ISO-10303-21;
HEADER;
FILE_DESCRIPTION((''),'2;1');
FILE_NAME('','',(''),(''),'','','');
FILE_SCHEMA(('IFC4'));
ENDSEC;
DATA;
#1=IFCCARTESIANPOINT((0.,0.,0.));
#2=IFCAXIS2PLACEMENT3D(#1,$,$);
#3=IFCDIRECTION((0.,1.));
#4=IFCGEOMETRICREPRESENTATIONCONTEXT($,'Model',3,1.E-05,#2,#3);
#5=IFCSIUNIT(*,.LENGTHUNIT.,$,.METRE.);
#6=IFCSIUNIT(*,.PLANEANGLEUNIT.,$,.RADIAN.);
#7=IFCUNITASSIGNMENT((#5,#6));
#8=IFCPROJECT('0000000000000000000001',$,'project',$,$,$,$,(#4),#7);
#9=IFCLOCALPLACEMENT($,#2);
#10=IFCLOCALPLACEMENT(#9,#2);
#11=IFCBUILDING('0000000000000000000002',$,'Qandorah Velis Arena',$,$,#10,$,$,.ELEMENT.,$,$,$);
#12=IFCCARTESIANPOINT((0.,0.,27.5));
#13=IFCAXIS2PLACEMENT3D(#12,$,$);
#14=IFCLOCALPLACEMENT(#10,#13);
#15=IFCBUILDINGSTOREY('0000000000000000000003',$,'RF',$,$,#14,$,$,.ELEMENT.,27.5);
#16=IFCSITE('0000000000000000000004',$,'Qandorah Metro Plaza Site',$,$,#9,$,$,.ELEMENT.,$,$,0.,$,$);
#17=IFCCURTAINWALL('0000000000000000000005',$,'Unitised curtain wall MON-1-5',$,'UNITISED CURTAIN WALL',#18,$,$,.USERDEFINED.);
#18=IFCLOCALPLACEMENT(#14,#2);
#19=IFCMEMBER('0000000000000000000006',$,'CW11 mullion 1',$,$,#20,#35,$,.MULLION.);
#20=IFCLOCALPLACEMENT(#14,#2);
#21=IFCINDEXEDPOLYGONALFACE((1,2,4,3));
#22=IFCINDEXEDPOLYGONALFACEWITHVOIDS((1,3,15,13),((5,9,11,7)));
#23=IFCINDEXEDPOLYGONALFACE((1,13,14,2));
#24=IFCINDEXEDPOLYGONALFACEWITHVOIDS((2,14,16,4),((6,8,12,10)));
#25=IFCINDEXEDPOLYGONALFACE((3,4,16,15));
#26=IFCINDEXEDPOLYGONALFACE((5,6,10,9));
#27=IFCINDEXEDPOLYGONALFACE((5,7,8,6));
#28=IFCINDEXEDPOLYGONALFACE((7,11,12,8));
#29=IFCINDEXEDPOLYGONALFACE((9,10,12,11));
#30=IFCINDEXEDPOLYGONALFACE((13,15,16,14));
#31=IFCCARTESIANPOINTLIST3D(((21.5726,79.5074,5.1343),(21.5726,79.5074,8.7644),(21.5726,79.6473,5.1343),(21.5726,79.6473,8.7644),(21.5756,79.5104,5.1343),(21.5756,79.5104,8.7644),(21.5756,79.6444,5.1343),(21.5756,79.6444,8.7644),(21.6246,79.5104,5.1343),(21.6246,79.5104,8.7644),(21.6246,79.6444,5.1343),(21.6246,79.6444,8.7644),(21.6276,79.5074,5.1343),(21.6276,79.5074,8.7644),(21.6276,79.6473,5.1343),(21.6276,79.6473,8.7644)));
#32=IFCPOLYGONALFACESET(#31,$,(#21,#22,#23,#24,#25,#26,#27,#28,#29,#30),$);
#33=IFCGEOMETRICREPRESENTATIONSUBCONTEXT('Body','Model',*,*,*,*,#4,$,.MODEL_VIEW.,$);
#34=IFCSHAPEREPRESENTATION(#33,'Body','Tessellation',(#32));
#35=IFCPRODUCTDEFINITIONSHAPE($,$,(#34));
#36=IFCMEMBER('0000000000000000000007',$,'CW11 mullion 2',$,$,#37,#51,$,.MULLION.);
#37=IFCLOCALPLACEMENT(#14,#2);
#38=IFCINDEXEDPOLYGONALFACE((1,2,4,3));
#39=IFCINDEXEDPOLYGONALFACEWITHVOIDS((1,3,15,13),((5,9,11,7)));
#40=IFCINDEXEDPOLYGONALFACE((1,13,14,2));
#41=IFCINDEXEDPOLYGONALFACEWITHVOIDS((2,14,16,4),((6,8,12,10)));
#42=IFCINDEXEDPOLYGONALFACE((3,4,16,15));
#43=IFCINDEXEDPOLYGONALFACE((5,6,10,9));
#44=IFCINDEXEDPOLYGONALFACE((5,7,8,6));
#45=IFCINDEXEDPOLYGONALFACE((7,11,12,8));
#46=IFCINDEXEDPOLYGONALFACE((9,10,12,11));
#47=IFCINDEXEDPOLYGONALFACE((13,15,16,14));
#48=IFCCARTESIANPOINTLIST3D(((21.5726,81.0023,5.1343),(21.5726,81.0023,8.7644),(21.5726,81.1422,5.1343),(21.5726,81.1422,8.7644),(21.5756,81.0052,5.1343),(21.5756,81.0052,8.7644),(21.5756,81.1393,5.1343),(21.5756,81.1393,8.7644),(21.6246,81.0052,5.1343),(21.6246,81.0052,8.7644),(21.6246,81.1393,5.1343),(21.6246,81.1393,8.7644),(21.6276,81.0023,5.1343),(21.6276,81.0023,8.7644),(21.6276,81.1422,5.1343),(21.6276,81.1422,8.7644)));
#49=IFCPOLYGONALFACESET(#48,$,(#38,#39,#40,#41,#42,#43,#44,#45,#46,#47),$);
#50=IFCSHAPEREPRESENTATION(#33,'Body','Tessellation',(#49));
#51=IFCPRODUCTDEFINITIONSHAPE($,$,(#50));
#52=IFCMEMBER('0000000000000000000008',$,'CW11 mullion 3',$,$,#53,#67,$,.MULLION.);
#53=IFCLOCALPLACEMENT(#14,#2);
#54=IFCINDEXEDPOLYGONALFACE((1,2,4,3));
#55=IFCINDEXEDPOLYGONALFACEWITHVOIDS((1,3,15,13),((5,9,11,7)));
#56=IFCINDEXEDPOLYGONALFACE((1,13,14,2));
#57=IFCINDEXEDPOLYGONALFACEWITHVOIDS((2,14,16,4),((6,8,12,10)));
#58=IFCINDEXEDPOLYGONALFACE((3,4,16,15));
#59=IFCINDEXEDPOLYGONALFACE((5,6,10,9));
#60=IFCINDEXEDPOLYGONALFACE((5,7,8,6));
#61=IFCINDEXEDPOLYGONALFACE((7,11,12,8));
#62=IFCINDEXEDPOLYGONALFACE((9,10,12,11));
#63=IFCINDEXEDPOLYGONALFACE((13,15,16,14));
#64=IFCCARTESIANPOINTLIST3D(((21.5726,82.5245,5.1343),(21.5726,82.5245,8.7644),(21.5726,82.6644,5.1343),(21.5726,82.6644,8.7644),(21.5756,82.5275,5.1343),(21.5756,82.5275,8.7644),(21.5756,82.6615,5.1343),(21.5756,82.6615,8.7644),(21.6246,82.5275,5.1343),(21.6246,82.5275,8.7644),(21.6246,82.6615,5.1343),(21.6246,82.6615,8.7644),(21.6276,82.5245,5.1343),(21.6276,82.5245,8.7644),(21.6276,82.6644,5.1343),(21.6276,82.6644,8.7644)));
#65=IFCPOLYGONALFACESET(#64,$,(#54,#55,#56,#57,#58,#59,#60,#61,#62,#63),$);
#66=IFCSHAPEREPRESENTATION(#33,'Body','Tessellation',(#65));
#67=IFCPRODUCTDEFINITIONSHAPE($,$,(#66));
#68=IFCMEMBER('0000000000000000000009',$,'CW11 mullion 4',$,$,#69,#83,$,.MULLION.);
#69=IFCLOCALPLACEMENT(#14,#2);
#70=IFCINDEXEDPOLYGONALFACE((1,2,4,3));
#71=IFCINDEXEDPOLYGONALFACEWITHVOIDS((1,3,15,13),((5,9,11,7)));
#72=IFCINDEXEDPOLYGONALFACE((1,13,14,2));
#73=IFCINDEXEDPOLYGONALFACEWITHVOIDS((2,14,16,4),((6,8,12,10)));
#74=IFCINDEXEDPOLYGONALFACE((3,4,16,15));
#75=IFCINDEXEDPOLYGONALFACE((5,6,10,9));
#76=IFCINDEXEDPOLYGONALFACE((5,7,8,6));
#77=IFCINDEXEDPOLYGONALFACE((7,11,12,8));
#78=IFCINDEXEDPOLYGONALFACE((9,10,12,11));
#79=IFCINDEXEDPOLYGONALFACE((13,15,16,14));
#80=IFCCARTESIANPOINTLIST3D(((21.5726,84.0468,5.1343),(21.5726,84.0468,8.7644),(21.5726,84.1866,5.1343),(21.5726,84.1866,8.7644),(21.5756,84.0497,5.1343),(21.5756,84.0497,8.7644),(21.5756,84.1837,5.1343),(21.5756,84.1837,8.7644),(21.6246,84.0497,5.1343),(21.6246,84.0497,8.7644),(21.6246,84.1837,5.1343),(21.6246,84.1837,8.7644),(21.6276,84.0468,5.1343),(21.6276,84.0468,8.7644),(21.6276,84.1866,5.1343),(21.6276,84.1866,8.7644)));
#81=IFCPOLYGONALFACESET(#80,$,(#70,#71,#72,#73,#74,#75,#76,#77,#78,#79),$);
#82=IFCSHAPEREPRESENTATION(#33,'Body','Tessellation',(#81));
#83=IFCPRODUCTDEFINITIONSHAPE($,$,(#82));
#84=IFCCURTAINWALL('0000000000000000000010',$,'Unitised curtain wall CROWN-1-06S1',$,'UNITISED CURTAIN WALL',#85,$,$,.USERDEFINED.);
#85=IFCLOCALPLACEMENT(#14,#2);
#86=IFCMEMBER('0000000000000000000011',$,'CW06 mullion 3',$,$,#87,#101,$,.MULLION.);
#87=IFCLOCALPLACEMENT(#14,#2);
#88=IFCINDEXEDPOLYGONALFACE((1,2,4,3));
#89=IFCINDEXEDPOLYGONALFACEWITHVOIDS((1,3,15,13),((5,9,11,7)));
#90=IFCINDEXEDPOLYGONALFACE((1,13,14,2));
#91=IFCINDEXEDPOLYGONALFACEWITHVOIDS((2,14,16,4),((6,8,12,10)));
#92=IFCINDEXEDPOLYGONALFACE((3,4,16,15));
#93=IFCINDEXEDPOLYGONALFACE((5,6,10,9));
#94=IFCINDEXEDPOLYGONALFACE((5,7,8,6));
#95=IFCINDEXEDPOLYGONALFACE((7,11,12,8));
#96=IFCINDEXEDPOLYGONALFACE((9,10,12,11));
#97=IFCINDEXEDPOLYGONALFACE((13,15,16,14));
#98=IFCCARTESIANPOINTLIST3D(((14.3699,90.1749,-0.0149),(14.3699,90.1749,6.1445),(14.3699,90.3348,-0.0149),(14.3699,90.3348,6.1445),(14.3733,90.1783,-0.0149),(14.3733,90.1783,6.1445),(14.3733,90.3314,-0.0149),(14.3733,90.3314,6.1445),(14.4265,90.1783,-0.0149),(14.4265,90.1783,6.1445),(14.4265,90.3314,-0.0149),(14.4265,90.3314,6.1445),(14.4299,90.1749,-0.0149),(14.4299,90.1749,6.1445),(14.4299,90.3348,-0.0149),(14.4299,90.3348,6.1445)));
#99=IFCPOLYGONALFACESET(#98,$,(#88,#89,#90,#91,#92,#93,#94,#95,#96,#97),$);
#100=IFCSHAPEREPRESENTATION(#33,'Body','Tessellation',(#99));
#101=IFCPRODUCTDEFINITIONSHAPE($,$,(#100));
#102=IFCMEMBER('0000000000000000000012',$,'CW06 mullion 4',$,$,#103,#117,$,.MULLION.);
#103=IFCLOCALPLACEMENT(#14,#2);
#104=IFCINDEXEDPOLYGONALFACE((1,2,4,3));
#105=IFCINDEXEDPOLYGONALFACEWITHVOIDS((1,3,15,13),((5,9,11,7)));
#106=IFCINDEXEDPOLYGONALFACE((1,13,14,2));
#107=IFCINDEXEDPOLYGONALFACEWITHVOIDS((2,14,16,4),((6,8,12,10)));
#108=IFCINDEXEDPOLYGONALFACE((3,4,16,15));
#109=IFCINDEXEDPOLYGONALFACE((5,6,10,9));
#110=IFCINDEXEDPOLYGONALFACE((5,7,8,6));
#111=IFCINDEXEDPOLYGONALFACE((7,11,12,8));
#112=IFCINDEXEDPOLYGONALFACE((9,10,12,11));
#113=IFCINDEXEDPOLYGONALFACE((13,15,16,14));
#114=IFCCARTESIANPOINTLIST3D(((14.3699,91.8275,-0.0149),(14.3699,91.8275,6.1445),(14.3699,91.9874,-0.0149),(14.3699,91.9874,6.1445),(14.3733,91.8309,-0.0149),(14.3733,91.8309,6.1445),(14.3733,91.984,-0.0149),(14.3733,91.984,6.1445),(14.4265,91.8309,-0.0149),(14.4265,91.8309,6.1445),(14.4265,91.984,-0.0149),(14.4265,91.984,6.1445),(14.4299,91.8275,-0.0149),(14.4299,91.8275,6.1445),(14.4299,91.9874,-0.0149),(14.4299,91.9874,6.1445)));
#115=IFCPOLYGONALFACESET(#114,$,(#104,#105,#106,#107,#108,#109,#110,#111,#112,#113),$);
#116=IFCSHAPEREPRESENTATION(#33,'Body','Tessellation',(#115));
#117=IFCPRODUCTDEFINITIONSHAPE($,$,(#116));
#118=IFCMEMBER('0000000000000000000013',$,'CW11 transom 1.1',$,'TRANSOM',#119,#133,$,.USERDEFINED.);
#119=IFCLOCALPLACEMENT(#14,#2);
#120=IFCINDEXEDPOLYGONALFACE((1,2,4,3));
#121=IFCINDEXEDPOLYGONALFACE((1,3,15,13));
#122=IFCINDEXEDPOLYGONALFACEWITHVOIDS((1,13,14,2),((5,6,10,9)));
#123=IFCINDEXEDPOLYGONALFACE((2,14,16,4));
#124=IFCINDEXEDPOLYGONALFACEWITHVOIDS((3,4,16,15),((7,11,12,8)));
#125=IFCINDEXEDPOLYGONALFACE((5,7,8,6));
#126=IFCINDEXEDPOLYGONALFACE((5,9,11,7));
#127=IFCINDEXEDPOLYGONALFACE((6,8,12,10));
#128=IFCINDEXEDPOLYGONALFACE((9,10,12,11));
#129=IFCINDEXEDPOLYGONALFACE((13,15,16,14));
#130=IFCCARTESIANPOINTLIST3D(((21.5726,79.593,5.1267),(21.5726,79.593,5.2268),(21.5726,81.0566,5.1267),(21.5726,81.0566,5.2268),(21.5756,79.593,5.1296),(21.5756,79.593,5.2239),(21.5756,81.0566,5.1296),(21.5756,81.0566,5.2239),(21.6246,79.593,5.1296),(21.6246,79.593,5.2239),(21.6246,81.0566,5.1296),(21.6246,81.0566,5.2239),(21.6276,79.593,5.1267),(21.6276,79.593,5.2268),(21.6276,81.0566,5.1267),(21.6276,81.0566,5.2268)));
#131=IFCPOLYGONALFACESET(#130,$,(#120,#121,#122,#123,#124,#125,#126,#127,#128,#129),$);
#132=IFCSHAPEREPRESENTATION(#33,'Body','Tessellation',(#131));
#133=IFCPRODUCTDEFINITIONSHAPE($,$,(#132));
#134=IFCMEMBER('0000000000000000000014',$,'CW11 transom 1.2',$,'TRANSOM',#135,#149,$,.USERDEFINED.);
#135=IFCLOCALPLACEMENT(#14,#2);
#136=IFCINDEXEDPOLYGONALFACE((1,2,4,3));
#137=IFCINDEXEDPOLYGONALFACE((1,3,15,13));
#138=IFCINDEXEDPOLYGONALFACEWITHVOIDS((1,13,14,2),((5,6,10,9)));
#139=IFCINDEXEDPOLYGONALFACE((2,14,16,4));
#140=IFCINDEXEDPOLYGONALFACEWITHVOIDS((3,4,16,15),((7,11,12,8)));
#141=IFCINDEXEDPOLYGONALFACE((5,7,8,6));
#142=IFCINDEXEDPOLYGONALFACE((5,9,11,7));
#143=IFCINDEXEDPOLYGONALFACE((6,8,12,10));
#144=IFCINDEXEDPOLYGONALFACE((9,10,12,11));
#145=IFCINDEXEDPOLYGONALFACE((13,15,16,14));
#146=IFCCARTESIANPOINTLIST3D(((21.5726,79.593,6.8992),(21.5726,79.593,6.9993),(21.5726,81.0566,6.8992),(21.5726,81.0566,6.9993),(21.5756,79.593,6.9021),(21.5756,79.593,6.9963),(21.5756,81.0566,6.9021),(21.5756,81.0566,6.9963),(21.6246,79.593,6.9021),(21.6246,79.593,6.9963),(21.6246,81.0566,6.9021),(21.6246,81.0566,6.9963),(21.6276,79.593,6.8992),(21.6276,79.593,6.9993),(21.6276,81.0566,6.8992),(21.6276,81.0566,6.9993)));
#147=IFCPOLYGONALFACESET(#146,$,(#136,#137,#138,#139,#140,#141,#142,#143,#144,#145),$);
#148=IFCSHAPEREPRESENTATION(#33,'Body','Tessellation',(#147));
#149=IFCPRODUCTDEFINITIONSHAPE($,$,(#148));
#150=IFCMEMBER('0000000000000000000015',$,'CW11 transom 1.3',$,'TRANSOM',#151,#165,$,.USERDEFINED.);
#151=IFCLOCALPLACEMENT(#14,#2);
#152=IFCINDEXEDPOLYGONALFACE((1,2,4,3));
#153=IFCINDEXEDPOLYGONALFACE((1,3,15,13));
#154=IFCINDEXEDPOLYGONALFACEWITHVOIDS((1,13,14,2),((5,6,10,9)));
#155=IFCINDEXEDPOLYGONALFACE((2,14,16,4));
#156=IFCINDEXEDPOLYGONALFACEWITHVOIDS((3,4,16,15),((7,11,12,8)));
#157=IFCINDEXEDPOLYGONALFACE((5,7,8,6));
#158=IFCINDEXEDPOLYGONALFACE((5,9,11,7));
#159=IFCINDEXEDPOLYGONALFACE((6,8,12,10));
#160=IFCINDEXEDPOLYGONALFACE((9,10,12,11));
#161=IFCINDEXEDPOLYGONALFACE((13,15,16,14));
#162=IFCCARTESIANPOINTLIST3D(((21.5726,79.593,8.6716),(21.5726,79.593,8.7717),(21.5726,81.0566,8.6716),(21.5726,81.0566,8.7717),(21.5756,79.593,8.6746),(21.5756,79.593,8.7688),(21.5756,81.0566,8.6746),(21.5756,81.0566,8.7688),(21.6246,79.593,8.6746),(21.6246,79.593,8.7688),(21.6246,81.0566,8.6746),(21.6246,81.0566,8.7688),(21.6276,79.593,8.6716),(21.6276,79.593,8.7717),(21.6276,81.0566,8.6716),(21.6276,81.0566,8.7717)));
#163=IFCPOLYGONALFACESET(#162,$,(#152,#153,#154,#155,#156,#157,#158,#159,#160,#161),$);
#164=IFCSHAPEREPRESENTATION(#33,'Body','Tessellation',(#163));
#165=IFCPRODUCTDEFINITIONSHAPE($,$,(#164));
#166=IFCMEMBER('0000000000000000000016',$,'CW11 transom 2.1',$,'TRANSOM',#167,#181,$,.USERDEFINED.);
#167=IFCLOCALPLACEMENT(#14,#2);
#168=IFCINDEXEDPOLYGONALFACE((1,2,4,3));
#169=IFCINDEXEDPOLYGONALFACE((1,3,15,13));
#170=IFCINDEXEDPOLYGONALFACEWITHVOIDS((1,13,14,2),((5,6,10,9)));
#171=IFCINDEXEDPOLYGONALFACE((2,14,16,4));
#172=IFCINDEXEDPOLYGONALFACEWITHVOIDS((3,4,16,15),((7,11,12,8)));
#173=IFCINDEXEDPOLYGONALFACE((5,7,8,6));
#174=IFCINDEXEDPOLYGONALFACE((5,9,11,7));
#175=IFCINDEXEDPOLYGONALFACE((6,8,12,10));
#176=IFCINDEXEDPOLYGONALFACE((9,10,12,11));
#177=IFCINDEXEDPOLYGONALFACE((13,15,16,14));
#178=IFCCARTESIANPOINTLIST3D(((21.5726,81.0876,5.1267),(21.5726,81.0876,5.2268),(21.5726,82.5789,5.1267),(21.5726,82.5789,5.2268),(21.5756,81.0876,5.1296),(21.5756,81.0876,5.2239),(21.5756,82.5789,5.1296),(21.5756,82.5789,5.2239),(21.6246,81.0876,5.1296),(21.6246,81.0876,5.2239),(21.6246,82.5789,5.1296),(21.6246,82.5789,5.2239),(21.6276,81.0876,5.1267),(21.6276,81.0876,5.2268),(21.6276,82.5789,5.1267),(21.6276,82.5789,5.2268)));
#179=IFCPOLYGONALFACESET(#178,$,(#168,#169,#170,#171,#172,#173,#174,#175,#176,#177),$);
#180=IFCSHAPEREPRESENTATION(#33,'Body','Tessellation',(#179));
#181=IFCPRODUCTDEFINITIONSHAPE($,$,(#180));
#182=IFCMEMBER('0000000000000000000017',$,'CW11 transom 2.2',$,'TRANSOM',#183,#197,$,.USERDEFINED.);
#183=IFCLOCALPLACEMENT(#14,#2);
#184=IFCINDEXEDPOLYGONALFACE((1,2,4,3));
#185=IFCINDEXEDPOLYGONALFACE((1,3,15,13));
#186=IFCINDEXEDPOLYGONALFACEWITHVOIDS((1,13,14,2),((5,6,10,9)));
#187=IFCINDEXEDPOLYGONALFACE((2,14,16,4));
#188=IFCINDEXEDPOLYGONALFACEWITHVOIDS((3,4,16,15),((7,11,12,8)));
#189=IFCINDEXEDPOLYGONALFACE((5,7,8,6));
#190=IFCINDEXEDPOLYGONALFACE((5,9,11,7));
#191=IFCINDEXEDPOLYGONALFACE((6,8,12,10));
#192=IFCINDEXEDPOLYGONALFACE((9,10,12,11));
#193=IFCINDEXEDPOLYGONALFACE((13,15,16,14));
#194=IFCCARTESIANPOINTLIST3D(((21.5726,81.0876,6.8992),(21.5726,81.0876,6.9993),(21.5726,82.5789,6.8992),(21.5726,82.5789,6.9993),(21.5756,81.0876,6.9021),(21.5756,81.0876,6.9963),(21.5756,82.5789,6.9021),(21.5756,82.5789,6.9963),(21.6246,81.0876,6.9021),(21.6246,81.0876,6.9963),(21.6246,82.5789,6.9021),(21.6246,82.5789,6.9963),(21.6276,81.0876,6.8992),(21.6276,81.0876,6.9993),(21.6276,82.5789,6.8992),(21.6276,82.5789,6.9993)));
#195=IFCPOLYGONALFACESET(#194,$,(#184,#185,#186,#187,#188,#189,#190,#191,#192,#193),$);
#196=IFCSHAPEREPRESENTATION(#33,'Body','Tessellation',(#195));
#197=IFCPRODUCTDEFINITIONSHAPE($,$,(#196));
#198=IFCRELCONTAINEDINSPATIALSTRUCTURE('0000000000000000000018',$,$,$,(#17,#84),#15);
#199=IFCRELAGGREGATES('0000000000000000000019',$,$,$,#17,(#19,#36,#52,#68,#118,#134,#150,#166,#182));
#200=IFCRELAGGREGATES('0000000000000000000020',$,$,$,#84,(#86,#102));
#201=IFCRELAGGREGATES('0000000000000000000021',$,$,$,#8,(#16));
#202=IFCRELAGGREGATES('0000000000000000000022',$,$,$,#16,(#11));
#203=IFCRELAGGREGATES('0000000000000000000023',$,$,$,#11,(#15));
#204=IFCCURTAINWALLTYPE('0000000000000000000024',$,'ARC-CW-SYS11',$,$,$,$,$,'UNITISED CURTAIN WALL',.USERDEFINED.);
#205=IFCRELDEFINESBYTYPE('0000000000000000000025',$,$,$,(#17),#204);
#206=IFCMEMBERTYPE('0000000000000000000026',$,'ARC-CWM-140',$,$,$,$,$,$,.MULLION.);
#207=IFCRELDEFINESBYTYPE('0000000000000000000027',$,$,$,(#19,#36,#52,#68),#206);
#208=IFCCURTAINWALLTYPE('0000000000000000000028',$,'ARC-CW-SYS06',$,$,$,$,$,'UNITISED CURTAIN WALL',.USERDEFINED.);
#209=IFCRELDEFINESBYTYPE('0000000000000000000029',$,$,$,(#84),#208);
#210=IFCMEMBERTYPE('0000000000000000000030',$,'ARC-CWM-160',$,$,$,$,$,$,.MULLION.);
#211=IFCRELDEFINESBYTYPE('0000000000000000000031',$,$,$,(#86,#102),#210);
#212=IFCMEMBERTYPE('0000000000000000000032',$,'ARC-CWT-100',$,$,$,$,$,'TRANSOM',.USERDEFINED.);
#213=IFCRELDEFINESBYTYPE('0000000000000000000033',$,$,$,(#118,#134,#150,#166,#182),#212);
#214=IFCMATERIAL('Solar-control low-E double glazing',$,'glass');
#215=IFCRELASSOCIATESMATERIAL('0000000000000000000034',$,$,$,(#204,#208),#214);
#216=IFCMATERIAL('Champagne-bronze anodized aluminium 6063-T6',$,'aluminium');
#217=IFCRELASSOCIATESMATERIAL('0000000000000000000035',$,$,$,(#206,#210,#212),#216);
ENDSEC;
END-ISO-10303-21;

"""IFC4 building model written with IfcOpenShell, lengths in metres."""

from ifc_helpers import new_model, si_unit, direction, frame, origin, origin_2d, place, context, subcontext, project, spatial, hollow_rectangle, extrude, material, material_profile, profile_set, type_object, element, aggregate, save


model = new_model("IFC4")

# Units and contexts
model_context = context("Model", 3, precision=1e-05, world=origin(), true_north=direction((0.0, 1.0)))
body_context = subcontext(model_context, "Body", "Model", "MODEL_VIEW")
ifc_project = project(units=[si_unit("LENGTHUNIT", "METRE"), si_unit("PLANEANGLEUNIT", "RADIAN")], contexts=[model_context])

# Site, building, storey
site_placement = place(None, origin())
site = spatial("IfcSite", under=ifc_project, at=site_placement, Name="Qandorah Metro Plaza Site", CompositionType="ELEMENT", RefElevation=0.0)
building_placement = place(site_placement, origin())
building = spatial("IfcBuilding", under=site, at=building_placement, Name="Qandorah Velis Arena", CompositionType="ELEMENT")
storey_placement = place(building_placement, frame((0.0, 0.0, 27.5)))
storey = spatial("IfcBuildingStorey", under=building, at=storey_placement, Name="RF", CompositionType="ELEMENT", Elevation=27.5)

# Curtain walls, members
ifc_material_1 = material(Name="Solar-control low-E double glazing", Category="glass")
curtain_wall_type_1 = type_object("IfcCurtainWallType", Name="ARC-CW-SYS11", ElementType="UNITISED CURTAIN WALL", PredefinedType="USERDEFINED", material=ifc_material_1)
curtain_wall_1_placement = place(storey_placement, origin())
curtain_wall_1 = element("IfcCurtainWall", 1, at=curtain_wall_1_placement, inside=storey, type_object=curtain_wall_type_1, Name="Unitised curtain wall MON-1-5", ObjectType="UNITISED CURTAIN WALL", PredefinedType="USERDEFINED")
ifc_material_2 = material(Name="Champagne-bronze anodized aluminium 6063-T6", Category="aluminium")
ifc_material_profile_1 = material_profile(ifc_material_2, hollow_rectangle(XDim=0.0549, YDim=0.1399, WallThickness=0.0029, at=origin_2d()), Name="ALU MULLION 55x140")
ifc_profile_set_1 = profile_set([ifc_material_profile_1], Name="Champagne-bronze anodized aluminium 6063-T6")
member_type_1 = type_object("IfcMemberType", Name="ARC-CWM-140", PredefinedType="MULLION", material=ifc_profile_set_1)
member_1_placement = place(storey_placement, frame((21.6001, 79.5774, 5.1343), z_axis=(0.0, 0.0, 1.0), x_axis=(-1.0, 0.0, 0.0)))
member_1 = element("IfcMember", 2, at=member_1_placement, type_object=member_type_1, Name="CW11 mullion 1", PredefinedType="MULLION", context=body_context, shape_type="SweptSolid", body=[
    extrude(hollow_rectangle(XDim=0.0549, YDim=0.1399, WallThickness=0.0029, at=origin_2d()), origin(), (0.0, 0.0, 1.0), 3.6301),
])
member_2_placement = place(storey_placement, frame((21.6001, 81.0723, 5.1343), z_axis=(0.0, 0.0, 1.0), x_axis=(-1.0, 0.0, 0.0)))
member_2 = element("IfcMember", 3, at=member_2_placement, type_object=member_type_1, Name="CW11 mullion 2", PredefinedType="MULLION", context=body_context, shape_type="SweptSolid", body=[
    extrude(hollow_rectangle(XDim=0.0549, YDim=0.1399, WallThickness=0.0029, at=origin_2d()), origin(), (0.0, 0.0, 1.0), 3.6301),
])
member_3_placement = place(storey_placement, frame((21.6001, 82.5945, 5.1343), z_axis=(0.0, 0.0, 1.0), x_axis=(-1.0, 0.0, 0.0)))
member_3 = element("IfcMember", 4, at=member_3_placement, type_object=member_type_1, Name="CW11 mullion 3", PredefinedType="MULLION", context=body_context, shape_type="SweptSolid", body=[
    extrude(hollow_rectangle(XDim=0.0549, YDim=0.1399, WallThickness=0.0029, at=origin_2d()), origin(), (0.0, 0.0, 1.0), 3.6301),
])
member_4_placement = place(storey_placement, frame((21.6001, 84.1167, 5.1343), z_axis=(0.0, 0.0, 1.0), x_axis=(-1.0, 0.0, 0.0)))
member_4 = element("IfcMember", 5, at=member_4_placement, type_object=member_type_1, Name="CW11 mullion 4", PredefinedType="MULLION", context=body_context, shape_type="SweptSolid", body=[
    extrude(hollow_rectangle(XDim=0.0549, YDim=0.1399, WallThickness=0.0029, at=origin_2d()), origin(), (0.0, 0.0, 1.0), 3.6301),
])
curtain_wall_type_2 = type_object("IfcCurtainWallType", Name="ARC-CW-SYS06", ElementType="UNITISED CURTAIN WALL", PredefinedType="USERDEFINED", material=ifc_material_1)
curtain_wall_2_placement = place(storey_placement, origin())
curtain_wall_2 = element("IfcCurtainWall", 6, at=curtain_wall_2_placement, inside=storey, type_object=curtain_wall_type_2, Name="Unitised curtain wall CROWN-1-06S1", ObjectType="UNITISED CURTAIN WALL", PredefinedType="USERDEFINED")
ifc_material_profile_2 = material_profile(ifc_material_2, hollow_rectangle(XDim=0.0601, YDim=0.1599, WallThickness=0.0034, at=origin_2d()), Name="ALU MULLION 60x160")
ifc_profile_set_2 = profile_set([ifc_material_profile_2], Name="Champagne-bronze anodized aluminium 6063-T6")
member_type_2 = type_object("IfcMemberType", Name="ARC-CWM-160", PredefinedType="MULLION", material=ifc_profile_set_2)
member_5_placement = place(storey_placement, frame((14.3999, 90.2549, -0.0149), z_axis=(0.0, 0.0, 1.0), x_axis=(-1.0, 0.0, 0.0)))
member_5 = element("IfcMember", 7, at=member_5_placement, type_object=member_type_2, Name="CW06 mullion 3", PredefinedType="MULLION", context=body_context, shape_type="SweptSolid", body=[
    extrude(hollow_rectangle(XDim=0.0601, YDim=0.1599, WallThickness=0.0034, at=origin_2d()), origin(), (0.0, 0.0, 1.0), 6.1594),
])
member_6_placement = place(storey_placement, frame((14.3999, 91.9075, -0.0149), z_axis=(0.0, 0.0, 1.0), x_axis=(-1.0, 0.0, 0.0)))
member_6 = element("IfcMember", 8, at=member_6_placement, type_object=member_type_2, Name="CW06 mullion 4", PredefinedType="MULLION", context=body_context, shape_type="SweptSolid", body=[
    extrude(hollow_rectangle(XDim=0.0601, YDim=0.1599, WallThickness=0.0034, at=origin_2d()), origin(), (0.0, 0.0, 1.0), 6.1594),
])

# Members
ifc_material_profile_3 = material_profile(ifc_material_2, hollow_rectangle(XDim=0.0549, YDim=0.1001, WallThickness=0.0029, at=origin_2d()), Name="ALU TRANSOM 55x100")
ifc_profile_set_3 = profile_set([ifc_material_profile_3], Name="Champagne-bronze anodized aluminium 6063-T6")
member_type_3 = type_object("IfcMemberType", Name="ARC-CWT-100", ElementType="TRANSOM", PredefinedType="USERDEFINED", material=ifc_profile_set_3)
member_7_placement = place(storey_placement, frame((21.6001, 79.593, 5.1768), z_axis=(0.0, 1.0, 0.0), x_axis=(-1.0, 0.0, 0.0)))
member_7 = element("IfcMember", 9, at=member_7_placement, type_object=member_type_3, Name="CW11 transom 1.1", ObjectType="TRANSOM", PredefinedType="USERDEFINED", context=body_context, shape_type="SweptSolid", body=[
    extrude(hollow_rectangle(XDim=0.0549, YDim=0.1001, WallThickness=0.0029, at=origin_2d()), origin(), (0.0, 0.0, 1.0), 1.4636),
])
member_8_placement = place(storey_placement, frame((21.6001, 79.593, 6.9492), z_axis=(0.0, 1.0, 0.0), x_axis=(-1.0, 0.0, 0.0)))
member_8 = element("IfcMember", 10, at=member_8_placement, type_object=member_type_3, Name="CW11 transom 1.2", ObjectType="TRANSOM", PredefinedType="USERDEFINED", context=body_context, shape_type="SweptSolid", body=[
    extrude(hollow_rectangle(XDim=0.0549, YDim=0.1001, WallThickness=0.0029, at=origin_2d()), origin(), (0.0, 0.0, 1.0), 1.4636),
])
member_9_placement = place(storey_placement, frame((21.6001, 79.593, 8.7217), z_axis=(0.0, 1.0, 0.0), x_axis=(-1.0, 0.0, 0.0)))
member_9 = element("IfcMember", 11, at=member_9_placement, type_object=member_type_3, Name="CW11 transom 1.3", ObjectType="TRANSOM", PredefinedType="USERDEFINED", context=body_context, shape_type="SweptSolid", body=[
    extrude(hollow_rectangle(XDim=0.0549, YDim=0.1001, WallThickness=0.0029, at=origin_2d()), origin(), (0.0, 0.0, 1.0), 1.4636),
])
member_10_placement = place(storey_placement, frame((21.6001, 81.0876, 5.1768), z_axis=(0.0, 1.0, 0.0), x_axis=(-1.0, 0.0, 0.0)))
member_10 = element("IfcMember", 12, at=member_10_placement, type_object=member_type_3, Name="CW11 transom 2.1", ObjectType="TRANSOM", PredefinedType="USERDEFINED", context=body_context, shape_type="SweptSolid", body=[
    extrude(hollow_rectangle(XDim=0.0549, YDim=0.1001, WallThickness=0.0029, at=origin_2d()), origin(), (0.0, 0.0, 1.0), 1.4912),
])
member_11_placement = place(storey_placement, frame((21.6001, 81.0876, 6.9492), z_axis=(0.0, 1.0, 0.0), x_axis=(-1.0, 0.0, 0.0)))
member_11 = element("IfcMember", 13, at=member_11_placement, type_object=member_type_3, Name="CW11 transom 2.2", ObjectType="TRANSOM", PredefinedType="USERDEFINED", context=body_context, shape_type="SweptSolid", body=[
    extrude(hollow_rectangle(XDim=0.0549, YDim=0.1001, WallThickness=0.0029, at=origin_2d()), origin(), (0.0, 0.0, 1.0), 1.4912),
])

aggregate(curtain_wall_1, [member_1, member_2, member_3, member_4, member_7, member_8, member_9, member_10, member_11])
aggregate(curtain_wall_2, [member_5, member_6])

save(model, "model.ifc")
